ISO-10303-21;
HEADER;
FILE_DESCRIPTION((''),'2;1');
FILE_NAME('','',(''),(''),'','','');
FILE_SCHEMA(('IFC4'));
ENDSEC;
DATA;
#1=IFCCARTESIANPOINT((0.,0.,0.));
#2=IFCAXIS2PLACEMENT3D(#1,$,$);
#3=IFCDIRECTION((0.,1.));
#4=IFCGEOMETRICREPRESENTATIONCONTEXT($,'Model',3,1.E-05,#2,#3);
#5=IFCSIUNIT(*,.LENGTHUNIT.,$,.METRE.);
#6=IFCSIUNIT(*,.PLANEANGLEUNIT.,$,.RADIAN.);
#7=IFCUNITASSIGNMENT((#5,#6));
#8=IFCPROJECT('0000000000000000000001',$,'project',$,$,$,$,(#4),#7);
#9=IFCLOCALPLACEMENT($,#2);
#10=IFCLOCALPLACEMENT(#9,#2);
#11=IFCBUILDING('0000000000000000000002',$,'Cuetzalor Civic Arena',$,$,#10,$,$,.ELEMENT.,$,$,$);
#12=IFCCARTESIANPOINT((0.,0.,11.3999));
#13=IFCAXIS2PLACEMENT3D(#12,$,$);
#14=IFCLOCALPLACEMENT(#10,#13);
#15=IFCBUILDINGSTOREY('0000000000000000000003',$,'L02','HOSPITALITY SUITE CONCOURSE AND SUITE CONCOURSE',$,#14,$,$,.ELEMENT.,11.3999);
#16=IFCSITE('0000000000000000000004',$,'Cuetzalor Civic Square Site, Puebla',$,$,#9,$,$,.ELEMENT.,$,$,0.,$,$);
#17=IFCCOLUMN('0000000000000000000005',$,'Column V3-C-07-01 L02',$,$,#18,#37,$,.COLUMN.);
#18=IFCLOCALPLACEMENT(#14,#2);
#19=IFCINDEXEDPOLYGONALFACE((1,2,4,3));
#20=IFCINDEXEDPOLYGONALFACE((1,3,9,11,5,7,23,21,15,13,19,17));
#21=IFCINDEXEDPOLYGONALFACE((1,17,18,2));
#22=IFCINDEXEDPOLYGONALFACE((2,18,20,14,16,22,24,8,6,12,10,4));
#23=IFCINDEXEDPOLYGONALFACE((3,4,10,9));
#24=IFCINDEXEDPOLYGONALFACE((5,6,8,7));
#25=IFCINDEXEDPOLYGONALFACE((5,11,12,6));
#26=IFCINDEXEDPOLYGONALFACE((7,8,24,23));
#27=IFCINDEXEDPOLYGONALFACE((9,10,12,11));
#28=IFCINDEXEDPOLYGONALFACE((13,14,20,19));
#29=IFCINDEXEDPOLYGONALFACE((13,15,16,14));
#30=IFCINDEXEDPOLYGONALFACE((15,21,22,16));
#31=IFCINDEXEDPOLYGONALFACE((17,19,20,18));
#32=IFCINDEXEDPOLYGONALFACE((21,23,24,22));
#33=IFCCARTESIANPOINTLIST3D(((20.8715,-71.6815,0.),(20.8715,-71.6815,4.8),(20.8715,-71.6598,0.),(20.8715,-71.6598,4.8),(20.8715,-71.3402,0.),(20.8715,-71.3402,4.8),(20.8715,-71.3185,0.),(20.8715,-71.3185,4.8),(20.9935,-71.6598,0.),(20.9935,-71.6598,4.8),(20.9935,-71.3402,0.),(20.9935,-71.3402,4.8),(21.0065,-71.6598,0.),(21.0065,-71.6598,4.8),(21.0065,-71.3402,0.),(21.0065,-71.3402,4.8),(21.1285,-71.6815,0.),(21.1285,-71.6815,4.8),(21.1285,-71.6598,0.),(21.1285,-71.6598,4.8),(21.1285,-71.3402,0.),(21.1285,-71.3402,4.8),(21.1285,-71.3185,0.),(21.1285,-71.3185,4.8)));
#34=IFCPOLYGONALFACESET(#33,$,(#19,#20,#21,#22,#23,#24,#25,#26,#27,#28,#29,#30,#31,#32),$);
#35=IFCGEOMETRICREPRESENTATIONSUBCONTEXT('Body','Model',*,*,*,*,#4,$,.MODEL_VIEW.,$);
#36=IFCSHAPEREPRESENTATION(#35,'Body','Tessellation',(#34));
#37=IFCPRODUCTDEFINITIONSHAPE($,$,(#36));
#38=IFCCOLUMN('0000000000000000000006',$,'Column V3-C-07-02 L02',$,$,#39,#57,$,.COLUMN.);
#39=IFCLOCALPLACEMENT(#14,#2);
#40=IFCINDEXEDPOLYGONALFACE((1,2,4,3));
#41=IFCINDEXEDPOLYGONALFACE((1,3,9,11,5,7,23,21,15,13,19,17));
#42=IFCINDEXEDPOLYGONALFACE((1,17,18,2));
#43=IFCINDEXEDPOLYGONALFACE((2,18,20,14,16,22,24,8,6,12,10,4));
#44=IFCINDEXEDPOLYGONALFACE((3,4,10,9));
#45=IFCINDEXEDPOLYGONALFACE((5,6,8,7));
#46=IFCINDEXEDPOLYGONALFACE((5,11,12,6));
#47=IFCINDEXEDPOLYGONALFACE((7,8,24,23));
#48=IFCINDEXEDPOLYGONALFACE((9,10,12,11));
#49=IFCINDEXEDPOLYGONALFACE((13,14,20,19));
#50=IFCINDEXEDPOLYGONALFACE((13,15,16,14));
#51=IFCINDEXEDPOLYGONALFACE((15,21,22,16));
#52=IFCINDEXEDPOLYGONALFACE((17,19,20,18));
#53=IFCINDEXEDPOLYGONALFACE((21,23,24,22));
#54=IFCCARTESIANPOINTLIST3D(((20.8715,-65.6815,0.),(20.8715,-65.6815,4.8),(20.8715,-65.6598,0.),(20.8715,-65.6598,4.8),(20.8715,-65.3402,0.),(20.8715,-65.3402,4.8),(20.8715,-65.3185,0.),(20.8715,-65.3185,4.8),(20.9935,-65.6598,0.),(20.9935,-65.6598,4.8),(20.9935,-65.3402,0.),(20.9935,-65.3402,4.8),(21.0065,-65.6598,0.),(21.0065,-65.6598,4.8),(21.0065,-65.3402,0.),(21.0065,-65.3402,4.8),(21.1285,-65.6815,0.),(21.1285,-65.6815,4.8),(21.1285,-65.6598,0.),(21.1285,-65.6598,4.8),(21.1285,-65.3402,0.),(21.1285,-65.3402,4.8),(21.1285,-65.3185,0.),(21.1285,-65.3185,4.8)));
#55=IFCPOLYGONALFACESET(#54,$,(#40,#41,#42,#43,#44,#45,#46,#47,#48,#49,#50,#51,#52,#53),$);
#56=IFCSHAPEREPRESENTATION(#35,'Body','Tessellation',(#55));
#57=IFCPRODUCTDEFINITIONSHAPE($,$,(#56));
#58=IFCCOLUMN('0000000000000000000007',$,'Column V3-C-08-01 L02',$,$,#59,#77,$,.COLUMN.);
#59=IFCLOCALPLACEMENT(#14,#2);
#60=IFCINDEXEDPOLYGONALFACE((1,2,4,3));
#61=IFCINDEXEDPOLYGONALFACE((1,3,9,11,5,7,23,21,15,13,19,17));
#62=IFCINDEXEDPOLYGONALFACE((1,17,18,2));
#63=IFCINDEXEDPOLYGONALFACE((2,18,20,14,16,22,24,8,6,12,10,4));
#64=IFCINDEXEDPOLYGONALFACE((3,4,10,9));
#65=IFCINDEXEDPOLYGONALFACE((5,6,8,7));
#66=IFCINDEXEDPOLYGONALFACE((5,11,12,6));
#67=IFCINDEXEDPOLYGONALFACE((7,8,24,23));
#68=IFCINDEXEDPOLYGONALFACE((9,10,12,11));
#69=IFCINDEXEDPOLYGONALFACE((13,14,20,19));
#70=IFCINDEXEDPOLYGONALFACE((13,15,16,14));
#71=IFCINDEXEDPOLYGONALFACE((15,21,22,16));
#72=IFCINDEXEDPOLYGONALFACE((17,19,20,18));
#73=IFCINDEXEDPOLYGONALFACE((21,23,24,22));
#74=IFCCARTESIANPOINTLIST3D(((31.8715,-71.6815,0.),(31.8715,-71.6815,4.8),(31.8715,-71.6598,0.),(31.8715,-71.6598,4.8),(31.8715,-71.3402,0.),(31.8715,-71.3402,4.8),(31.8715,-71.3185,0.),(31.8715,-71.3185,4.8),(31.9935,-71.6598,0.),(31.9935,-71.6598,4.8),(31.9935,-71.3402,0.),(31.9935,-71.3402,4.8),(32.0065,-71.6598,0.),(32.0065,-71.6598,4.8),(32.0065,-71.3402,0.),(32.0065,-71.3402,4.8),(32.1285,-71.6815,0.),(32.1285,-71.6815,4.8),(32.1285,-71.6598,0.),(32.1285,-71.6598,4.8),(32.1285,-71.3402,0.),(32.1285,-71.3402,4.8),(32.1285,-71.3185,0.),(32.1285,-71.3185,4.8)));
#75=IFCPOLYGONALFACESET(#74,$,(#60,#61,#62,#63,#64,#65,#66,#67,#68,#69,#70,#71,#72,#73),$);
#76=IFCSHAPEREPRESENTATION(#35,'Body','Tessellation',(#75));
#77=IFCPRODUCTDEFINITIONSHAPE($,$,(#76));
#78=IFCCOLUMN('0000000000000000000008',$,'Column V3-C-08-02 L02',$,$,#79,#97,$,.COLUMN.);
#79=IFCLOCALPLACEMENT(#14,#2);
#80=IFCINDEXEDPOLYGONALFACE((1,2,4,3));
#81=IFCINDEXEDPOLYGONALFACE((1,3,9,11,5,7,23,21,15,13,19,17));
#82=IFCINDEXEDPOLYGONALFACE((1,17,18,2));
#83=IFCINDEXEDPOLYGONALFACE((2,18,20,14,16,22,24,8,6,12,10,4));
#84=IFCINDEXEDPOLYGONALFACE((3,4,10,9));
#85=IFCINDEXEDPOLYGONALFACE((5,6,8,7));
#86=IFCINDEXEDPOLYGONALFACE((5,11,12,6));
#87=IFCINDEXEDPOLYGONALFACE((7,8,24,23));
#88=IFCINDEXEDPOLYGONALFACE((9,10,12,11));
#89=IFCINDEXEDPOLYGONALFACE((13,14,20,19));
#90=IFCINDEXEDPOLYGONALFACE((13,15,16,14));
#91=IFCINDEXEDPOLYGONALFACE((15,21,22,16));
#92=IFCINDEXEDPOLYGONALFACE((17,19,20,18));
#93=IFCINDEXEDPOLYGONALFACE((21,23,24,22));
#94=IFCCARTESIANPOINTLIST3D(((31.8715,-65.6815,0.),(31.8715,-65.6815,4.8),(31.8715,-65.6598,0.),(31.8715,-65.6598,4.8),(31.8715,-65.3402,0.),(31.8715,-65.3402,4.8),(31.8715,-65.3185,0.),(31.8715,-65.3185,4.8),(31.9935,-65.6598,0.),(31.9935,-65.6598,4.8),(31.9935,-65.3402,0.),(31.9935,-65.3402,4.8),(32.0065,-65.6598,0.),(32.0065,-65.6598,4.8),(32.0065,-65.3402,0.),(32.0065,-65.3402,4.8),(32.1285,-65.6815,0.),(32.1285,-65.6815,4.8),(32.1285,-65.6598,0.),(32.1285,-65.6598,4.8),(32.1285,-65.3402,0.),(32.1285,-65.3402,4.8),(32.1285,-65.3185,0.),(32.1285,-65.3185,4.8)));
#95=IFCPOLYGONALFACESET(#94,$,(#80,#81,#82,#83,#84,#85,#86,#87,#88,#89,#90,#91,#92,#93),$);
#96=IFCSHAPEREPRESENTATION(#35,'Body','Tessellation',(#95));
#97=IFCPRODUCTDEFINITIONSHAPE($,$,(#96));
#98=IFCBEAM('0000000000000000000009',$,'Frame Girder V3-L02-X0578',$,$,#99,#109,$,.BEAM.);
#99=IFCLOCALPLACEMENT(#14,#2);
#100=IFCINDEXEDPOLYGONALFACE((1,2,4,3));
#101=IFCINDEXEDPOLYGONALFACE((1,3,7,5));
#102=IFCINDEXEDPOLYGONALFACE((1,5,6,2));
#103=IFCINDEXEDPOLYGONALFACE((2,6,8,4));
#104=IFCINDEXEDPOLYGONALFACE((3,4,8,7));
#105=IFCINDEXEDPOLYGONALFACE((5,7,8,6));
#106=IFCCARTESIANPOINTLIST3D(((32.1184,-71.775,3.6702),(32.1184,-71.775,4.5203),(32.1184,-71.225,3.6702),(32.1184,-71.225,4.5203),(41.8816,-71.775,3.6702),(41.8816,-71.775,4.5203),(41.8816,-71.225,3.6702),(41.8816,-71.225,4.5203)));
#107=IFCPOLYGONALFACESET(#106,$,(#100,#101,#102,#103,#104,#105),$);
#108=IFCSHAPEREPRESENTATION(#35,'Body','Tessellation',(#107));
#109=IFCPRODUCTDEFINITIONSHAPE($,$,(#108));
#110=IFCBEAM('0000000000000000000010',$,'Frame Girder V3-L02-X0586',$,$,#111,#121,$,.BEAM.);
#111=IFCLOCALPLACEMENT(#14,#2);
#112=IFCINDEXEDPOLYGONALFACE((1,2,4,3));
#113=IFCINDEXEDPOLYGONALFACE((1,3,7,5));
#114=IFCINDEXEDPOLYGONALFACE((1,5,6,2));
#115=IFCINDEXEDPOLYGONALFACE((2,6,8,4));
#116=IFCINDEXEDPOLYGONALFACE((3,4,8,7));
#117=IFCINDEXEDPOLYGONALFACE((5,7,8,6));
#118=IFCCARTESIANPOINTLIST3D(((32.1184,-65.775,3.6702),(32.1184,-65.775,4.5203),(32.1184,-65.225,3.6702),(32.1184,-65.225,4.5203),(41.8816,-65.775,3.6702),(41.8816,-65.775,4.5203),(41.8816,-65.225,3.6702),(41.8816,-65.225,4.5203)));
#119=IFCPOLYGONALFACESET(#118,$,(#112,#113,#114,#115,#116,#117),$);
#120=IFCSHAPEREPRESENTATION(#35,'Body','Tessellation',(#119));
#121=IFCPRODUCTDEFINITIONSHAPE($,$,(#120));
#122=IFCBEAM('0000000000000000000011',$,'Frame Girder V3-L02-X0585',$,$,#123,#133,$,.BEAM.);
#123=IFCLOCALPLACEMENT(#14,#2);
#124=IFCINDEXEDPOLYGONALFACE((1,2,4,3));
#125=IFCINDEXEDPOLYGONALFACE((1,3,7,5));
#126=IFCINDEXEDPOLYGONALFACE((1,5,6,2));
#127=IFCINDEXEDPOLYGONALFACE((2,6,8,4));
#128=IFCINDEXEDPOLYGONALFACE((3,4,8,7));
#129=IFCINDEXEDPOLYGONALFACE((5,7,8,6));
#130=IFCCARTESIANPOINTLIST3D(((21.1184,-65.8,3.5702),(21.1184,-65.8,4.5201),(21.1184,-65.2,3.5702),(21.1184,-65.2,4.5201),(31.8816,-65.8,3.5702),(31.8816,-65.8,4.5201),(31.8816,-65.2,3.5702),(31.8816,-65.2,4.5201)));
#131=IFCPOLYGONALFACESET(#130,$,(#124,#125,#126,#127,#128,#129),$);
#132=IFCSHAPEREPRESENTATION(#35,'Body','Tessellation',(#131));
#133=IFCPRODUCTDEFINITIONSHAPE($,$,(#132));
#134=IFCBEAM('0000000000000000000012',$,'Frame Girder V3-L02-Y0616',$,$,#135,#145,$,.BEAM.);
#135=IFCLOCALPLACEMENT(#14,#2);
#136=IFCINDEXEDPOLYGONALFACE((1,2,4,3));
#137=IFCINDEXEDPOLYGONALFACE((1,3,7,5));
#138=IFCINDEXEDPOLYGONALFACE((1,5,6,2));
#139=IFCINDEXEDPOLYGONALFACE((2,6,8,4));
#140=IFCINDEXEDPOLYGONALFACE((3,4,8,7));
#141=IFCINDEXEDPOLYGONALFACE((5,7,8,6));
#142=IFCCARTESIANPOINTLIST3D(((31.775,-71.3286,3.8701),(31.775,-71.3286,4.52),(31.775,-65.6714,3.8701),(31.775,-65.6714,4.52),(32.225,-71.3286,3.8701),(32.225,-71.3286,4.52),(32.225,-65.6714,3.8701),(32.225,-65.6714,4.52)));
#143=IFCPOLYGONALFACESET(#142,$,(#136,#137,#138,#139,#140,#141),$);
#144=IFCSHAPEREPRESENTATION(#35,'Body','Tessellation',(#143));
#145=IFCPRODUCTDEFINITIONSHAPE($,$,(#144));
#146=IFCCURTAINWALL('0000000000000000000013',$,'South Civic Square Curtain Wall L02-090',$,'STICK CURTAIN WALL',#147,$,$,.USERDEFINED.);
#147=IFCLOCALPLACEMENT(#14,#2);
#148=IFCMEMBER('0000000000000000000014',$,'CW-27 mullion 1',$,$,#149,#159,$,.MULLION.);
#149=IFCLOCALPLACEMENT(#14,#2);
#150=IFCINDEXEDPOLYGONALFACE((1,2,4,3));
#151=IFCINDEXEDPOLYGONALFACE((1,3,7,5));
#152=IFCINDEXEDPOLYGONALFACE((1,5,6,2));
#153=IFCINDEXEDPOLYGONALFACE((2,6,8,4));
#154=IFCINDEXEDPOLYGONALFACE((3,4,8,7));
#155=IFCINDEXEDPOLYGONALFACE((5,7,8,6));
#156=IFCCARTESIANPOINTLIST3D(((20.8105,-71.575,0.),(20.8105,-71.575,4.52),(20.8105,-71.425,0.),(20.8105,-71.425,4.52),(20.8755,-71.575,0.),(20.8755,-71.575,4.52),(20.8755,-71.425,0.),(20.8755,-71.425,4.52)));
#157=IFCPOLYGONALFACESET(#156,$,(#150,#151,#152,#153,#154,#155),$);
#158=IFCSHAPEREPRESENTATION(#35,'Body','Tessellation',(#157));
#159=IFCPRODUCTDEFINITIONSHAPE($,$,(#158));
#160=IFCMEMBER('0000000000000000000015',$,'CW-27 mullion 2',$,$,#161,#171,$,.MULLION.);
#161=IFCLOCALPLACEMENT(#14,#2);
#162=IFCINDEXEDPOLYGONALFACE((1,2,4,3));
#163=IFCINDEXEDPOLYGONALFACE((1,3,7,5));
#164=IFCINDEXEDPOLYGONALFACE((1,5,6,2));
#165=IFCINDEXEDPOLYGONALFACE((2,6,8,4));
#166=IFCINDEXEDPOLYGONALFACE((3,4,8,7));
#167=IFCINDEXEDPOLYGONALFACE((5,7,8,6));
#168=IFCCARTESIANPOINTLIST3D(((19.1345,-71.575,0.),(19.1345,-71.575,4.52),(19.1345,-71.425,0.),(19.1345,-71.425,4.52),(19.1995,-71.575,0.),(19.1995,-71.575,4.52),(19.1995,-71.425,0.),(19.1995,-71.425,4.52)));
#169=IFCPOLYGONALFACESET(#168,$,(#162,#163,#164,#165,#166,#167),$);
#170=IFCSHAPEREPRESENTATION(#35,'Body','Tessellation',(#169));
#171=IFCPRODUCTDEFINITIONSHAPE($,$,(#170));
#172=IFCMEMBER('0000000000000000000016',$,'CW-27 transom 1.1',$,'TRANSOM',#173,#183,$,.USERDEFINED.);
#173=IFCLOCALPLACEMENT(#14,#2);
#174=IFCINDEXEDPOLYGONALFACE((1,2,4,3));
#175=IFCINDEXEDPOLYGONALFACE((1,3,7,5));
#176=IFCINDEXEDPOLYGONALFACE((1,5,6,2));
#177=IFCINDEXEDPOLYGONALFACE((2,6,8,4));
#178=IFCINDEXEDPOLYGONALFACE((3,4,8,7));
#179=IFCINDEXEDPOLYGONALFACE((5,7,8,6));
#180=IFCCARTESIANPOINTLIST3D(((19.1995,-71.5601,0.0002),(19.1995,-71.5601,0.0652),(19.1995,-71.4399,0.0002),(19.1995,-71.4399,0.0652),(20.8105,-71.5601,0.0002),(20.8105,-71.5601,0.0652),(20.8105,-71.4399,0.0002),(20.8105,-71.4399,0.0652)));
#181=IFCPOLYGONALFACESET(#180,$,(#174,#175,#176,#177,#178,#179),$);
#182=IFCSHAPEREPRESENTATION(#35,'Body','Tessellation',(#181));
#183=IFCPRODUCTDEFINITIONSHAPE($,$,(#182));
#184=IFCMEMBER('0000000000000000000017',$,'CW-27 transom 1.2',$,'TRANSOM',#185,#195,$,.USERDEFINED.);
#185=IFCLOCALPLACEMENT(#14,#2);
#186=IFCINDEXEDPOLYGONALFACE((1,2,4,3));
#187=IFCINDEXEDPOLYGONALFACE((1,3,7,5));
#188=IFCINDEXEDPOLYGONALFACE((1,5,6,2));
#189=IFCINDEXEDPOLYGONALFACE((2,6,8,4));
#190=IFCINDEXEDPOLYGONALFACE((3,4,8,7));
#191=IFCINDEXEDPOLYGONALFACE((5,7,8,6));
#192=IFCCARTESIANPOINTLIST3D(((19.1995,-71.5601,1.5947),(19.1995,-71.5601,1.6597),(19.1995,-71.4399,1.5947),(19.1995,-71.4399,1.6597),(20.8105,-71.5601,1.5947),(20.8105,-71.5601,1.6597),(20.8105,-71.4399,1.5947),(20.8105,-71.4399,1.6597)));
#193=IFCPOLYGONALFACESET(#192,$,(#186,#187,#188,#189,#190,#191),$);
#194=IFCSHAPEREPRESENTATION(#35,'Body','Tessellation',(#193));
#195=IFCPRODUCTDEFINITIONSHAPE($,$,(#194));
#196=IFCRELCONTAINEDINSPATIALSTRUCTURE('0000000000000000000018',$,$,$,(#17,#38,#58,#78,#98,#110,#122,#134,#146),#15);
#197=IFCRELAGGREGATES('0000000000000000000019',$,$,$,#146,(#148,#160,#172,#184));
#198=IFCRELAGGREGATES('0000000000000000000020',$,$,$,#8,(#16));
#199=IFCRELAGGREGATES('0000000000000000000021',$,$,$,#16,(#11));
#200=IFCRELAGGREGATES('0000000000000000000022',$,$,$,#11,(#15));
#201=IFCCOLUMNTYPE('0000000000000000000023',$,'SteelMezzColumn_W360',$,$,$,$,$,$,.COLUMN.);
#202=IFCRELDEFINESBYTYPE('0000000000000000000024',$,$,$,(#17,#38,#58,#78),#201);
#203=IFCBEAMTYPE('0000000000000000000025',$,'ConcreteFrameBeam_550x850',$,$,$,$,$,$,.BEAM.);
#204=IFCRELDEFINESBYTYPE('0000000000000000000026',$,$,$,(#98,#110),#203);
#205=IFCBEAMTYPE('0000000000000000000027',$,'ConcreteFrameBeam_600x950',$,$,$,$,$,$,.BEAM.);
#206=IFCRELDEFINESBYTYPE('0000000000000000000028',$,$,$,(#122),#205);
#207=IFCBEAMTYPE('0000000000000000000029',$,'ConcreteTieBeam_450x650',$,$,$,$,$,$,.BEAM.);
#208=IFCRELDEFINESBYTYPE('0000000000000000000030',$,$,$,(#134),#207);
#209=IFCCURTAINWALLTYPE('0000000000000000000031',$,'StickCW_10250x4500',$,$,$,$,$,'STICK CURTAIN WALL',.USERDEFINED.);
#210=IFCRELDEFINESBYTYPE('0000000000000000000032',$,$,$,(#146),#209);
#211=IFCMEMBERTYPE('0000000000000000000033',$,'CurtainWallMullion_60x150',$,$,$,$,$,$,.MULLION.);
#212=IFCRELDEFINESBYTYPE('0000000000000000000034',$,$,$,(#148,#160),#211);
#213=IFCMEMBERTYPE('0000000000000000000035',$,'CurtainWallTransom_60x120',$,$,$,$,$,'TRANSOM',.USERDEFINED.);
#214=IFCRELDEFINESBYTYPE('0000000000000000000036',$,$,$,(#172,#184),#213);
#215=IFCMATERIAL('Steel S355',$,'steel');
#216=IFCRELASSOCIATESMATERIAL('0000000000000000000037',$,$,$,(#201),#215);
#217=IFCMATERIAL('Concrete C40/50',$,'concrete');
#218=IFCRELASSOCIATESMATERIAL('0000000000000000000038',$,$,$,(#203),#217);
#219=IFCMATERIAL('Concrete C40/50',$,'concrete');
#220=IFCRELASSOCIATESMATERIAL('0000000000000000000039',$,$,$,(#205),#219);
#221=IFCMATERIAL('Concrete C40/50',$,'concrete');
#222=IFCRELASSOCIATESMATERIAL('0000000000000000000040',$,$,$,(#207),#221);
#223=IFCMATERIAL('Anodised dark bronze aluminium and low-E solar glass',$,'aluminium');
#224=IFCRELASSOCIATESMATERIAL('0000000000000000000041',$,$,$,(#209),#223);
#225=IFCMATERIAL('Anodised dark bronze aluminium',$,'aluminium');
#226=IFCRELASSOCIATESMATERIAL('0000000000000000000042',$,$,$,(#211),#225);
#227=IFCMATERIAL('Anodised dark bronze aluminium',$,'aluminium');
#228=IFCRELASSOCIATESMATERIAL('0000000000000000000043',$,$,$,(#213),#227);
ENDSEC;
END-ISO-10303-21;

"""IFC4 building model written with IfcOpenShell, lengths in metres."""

from ifc_helpers import new_model, si_unit, direction, frame, origin, origin_2d, place, context, subcontext, project, spatial, rectangle, i_section, extrude, material, material_profile, profile_set, type_object, element, aggregate, save


model = new_model("IFC4")

# Units and contexts
model_context = context("Model", 3, precision=1e-05, world=origin(), true_north=direction((0.0, 1.0)))
body_context = subcontext(model_context, "Body", "Model", "MODEL_VIEW")
ifc_project = project(units=[si_unit("LENGTHUNIT", "METRE"), si_unit("PLANEANGLEUNIT", "RADIAN")], contexts=[model_context])

# Site, building, storey
site_placement = place(None, origin())
site = spatial("IfcSite", under=ifc_project, at=site_placement, Name="Cuetzalor Civic Square Site, Puebla", CompositionType="ELEMENT", RefElevation=0.0)
building_placement = place(site_placement, origin())
building = spatial("IfcBuilding", under=site, at=building_placement, Name="Cuetzalor Civic Arena", CompositionType="ELEMENT")
storey_placement = place(building_placement, frame((0.0, 0.0, 11.3999)))
storey = spatial("IfcBuildingStorey", under=building, at=storey_placement, Name="L02", Description="HOSPITALITY SUITE CONCOURSE AND SUITE CONCOURSE", CompositionType="ELEMENT", Elevation=11.3999)

# Columns
ifc_material_1 = material(Name="Steel S355", Category="steel")
ifc_material_profile_1 = material_profile(ifc_material_1, i_section(OverallWidth=0.2571, OverallDepth=0.363, WebThickness=0.0129, FlangeThickness=0.0217, at=origin_2d()), Name="W360x122")
ifc_profile_set_1 = profile_set([ifc_material_profile_1], Name="Steel S355")
column_type = type_object("IfcColumnType", Name="SteelMezzColumn_W360", PredefinedType="COLUMN", material=ifc_profile_set_1)
for number, where, z_axis, x_axis, name in (
    (1, (21.0, -71.5, 0.0), (0.0, 0.0, 1.0), (1.0, 0.0, 0.0), "Column V3-C-07-01 L02"),
    (2, (21.0, -65.5, 0.0), (0.0, 0.0, 1.0), (1.0, 0.0, 0.0), "Column V3-C-07-02 L02"),
    (3, (32.0, -71.5, 0.0), (0.0, 0.0, 1.0), (1.0, 0.0, 0.0), "Column V3-C-08-01 L02"),
    (4, (32.0, -65.5, 0.0), (0.0, 0.0, 1.0), (1.0, 0.0, 0.0), "Column V3-C-08-02 L02"),
):
    element("IfcColumn", number, at=place(storey_placement, frame(where, z_axis=z_axis, x_axis=x_axis)), inside=storey, type_object=column_type, Name=name, PredefinedType="COLUMN", context=body_context, shape_type="SweptSolid", body=[
        extrude(i_section(OverallWidth=0.2571, OverallDepth=0.363, WebThickness=0.0129, FlangeThickness=0.0217, at=origin_2d()), origin(), (0.0, 0.0, 1.0), 4.8),
    ])

# Beams
ifc_material_2 = material(Name="Concrete C40/50", Category="concrete")
ifc_material_profile_2 = material_profile(ifc_material_2, rectangle(XDim=0.55, YDim=0.8501, at=origin_2d()), Name="RC 550x850")
ifc_profile_set_2 = profile_set([ifc_material_profile_2], Name="Concrete C40/50")
beam_type_1 = type_object("IfcBeamType", Name="ConcreteFrameBeam_550x850", PredefinedType="BEAM", material=ifc_profile_set_2)
for number, where, z_axis, x_axis, name in (
    (5, (32.1184, -71.5, 4.0952), (1.0, 0.0, 0.0), (0.0, 1.0, 0.0), "Frame Girder V3-L02-X0578"),
    (6, (32.1184, -65.5, 4.0952), (1.0, 0.0, 0.0), (0.0, 1.0, 0.0), "Frame Girder V3-L02-X0586"),
):
    element("IfcBeam", number, at=place(storey_placement, frame(where, z_axis=z_axis, x_axis=x_axis)), inside=storey, type_object=beam_type_1, Name=name, PredefinedType="BEAM", context=body_context, shape_type="SweptSolid", body=[
        extrude(rectangle(XDim=0.55, YDim=0.8501, at=origin_2d()), origin(), (0.0, 0.0, 1.0), 9.7632),
    ])
ifc_material_3 = material(Name="Concrete C40/50", Category="concrete")
ifc_material_profile_3 = material_profile(ifc_material_3, rectangle(XDim=0.6001, YDim=0.95, at=origin_2d()), Name="RC 600x950")
ifc_profile_set_3 = profile_set([ifc_material_profile_3], Name="Concrete C40/50")
beam_type_2 = type_object("IfcBeamType", Name="ConcreteFrameBeam_600x950", PredefinedType="BEAM", material=ifc_profile_set_3)
beam_1_placement = place(storey_placement, frame((21.1184, -65.5, 4.0452), z_axis=(1.0, 0.0, 0.0), x_axis=(0.0, 1.0, 0.0)))
element("IfcBeam", 7, at=beam_1_placement, inside=storey, type_object=beam_type_2, Name="Frame Girder V3-L02-X0585", PredefinedType="BEAM", context=body_context, shape_type="SweptSolid", body=[
    extrude(rectangle(XDim=0.6001, YDim=0.95, at=origin_2d()), origin(), (0.0, 0.0, 1.0), 10.7632),
])
ifc_material_4 = material(Name="Concrete C40/50", Category="concrete")
ifc_material_profile_4 = material_profile(ifc_material_4, rectangle(XDim=0.45, YDim=0.6499, at=origin_2d()), Name="RC 450x650")
ifc_profile_set_4 = profile_set([ifc_material_profile_4], Name="Concrete C40/50")
beam_type_3 = type_object("IfcBeamType", Name="ConcreteTieBeam_450x650", PredefinedType="BEAM", material=ifc_profile_set_4)
beam_2_placement = place(storey_placement, frame((32.0, -71.3286, 4.1951), z_axis=(0.0, 1.0, 0.0), x_axis=(-1.0, 0.0, 0.0)))
element("IfcBeam", 8, at=beam_2_placement, inside=storey, type_object=beam_type_3, Name="Frame Girder V3-L02-Y0616", PredefinedType="BEAM", context=body_context, shape_type="SweptSolid", body=[
    extrude(rectangle(XDim=0.45, YDim=0.6499, at=origin_2d()), origin(), (0.0, 0.0, 1.0), 5.6572),
])

# Curtain wall, members
ifc_material_5 = material(Name="Anodised dark bronze aluminium and low-E solar glass", Category="aluminium")
curtain_wall_type = type_object("IfcCurtainWallType", Name="StickCW_10250x4500", ElementType="STICK CURTAIN WALL", PredefinedType="USERDEFINED", material=ifc_material_5)
curtain_wall_placement = place(storey_placement, origin())
curtain_wall = element("IfcCurtainWall", 9, at=curtain_wall_placement, inside=storey, type_object=curtain_wall_type, Name="South Civic Square Curtain Wall L02-090", ObjectType="STICK CURTAIN WALL", PredefinedType="USERDEFINED")
ifc_material_6 = material(Name="Anodised dark bronze aluminium", Category="aluminium")
ifc_material_profile_5 = material_profile(ifc_material_6, rectangle(XDim=0.0649, YDim=0.1499, at=origin_2d()), Name="ALU MULLION 65x150")
ifc_profile_set_5 = profile_set([ifc_material_profile_5], Name="Anodised dark bronze aluminium")
member_type_1 = type_object("IfcMemberType", Name="CurtainWallMullion_60x150", PredefinedType="MULLION", material=ifc_profile_set_5)
member_1_placement = place(storey_placement, frame((20.843, -71.5, 0.0), z_axis=(0.0, 0.0, 1.0), x_axis=(-1.0, 0.0, 0.0)))
member_1 = element("IfcMember", 10, at=member_1_placement, type_object=member_type_1, Name="CW-27 mullion 1", PredefinedType="MULLION", context=body_context, shape_type="SweptSolid", body=[
    extrude(rectangle(XDim=0.0649, YDim=0.1499, at=origin_2d()), origin(), (0.0, 0.0, 1.0), 4.52),
])
member_2_placement = place(storey_placement, frame((19.167, -71.5, 0.0), z_axis=(0.0, 0.0, 1.0), x_axis=(-1.0, 0.0, 0.0)))
member_2 = element("IfcMember", 11, at=member_2_placement, type_object=member_type_1, Name="CW-27 mullion 2", PredefinedType="MULLION", context=body_context, shape_type="SweptSolid", body=[
    extrude(rectangle(XDim=0.0649, YDim=0.1499, at=origin_2d()), origin(), (0.0, 0.0, 1.0), 4.52),
])
ifc_material_7 = material(Name="Anodised dark bronze aluminium", Category="aluminium")
ifc_material_profile_6 = material_profile(ifc_material_7, rectangle(XDim=0.1201, YDim=0.0649, at=origin_2d()), Name="ALU TRANSOM 65x120")
ifc_profile_set_6 = profile_set([ifc_material_profile_6], Name="Anodised dark bronze aluminium")
member_type_2 = type_object("IfcMemberType", Name="CurtainWallTransom_60x120", ElementType="TRANSOM", PredefinedType="USERDEFINED", material=ifc_profile_set_6)
member_3_placement = place(storey_placement, frame((20.8105, -71.5, 0.0327), z_axis=(-1.0, 0.0, 0.0), x_axis=(0.0, -1.0, 0.0)))
member_3 = element("IfcMember", 12, at=member_3_placement, type_object=member_type_2, Name="CW-27 transom 1.1", ObjectType="TRANSOM", PredefinedType="USERDEFINED", context=body_context, shape_type="SweptSolid", body=[
    extrude(rectangle(XDim=0.1201, YDim=0.0649, at=origin_2d()), origin(), (0.0, 0.0, 1.0), 1.6111),
])
member_4_placement = place(storey_placement, frame((20.8105, -71.5, 1.6272), z_axis=(-1.0, 0.0, 0.0), x_axis=(0.0, -1.0, 0.0)))
member_4 = element("IfcMember", 13, at=member_4_placement, type_object=member_type_2, Name="CW-27 transom 1.2", ObjectType="TRANSOM", PredefinedType="USERDEFINED", context=body_context, shape_type="SweptSolid", body=[
    extrude(rectangle(XDim=0.1201, YDim=0.0649, at=origin_2d()), origin(), (0.0, 0.0, 1.0), 1.6111),
])

aggregate(curtain_wall, [member_1, member_2, member_3, member_4])

save(model, "model.ifc")
